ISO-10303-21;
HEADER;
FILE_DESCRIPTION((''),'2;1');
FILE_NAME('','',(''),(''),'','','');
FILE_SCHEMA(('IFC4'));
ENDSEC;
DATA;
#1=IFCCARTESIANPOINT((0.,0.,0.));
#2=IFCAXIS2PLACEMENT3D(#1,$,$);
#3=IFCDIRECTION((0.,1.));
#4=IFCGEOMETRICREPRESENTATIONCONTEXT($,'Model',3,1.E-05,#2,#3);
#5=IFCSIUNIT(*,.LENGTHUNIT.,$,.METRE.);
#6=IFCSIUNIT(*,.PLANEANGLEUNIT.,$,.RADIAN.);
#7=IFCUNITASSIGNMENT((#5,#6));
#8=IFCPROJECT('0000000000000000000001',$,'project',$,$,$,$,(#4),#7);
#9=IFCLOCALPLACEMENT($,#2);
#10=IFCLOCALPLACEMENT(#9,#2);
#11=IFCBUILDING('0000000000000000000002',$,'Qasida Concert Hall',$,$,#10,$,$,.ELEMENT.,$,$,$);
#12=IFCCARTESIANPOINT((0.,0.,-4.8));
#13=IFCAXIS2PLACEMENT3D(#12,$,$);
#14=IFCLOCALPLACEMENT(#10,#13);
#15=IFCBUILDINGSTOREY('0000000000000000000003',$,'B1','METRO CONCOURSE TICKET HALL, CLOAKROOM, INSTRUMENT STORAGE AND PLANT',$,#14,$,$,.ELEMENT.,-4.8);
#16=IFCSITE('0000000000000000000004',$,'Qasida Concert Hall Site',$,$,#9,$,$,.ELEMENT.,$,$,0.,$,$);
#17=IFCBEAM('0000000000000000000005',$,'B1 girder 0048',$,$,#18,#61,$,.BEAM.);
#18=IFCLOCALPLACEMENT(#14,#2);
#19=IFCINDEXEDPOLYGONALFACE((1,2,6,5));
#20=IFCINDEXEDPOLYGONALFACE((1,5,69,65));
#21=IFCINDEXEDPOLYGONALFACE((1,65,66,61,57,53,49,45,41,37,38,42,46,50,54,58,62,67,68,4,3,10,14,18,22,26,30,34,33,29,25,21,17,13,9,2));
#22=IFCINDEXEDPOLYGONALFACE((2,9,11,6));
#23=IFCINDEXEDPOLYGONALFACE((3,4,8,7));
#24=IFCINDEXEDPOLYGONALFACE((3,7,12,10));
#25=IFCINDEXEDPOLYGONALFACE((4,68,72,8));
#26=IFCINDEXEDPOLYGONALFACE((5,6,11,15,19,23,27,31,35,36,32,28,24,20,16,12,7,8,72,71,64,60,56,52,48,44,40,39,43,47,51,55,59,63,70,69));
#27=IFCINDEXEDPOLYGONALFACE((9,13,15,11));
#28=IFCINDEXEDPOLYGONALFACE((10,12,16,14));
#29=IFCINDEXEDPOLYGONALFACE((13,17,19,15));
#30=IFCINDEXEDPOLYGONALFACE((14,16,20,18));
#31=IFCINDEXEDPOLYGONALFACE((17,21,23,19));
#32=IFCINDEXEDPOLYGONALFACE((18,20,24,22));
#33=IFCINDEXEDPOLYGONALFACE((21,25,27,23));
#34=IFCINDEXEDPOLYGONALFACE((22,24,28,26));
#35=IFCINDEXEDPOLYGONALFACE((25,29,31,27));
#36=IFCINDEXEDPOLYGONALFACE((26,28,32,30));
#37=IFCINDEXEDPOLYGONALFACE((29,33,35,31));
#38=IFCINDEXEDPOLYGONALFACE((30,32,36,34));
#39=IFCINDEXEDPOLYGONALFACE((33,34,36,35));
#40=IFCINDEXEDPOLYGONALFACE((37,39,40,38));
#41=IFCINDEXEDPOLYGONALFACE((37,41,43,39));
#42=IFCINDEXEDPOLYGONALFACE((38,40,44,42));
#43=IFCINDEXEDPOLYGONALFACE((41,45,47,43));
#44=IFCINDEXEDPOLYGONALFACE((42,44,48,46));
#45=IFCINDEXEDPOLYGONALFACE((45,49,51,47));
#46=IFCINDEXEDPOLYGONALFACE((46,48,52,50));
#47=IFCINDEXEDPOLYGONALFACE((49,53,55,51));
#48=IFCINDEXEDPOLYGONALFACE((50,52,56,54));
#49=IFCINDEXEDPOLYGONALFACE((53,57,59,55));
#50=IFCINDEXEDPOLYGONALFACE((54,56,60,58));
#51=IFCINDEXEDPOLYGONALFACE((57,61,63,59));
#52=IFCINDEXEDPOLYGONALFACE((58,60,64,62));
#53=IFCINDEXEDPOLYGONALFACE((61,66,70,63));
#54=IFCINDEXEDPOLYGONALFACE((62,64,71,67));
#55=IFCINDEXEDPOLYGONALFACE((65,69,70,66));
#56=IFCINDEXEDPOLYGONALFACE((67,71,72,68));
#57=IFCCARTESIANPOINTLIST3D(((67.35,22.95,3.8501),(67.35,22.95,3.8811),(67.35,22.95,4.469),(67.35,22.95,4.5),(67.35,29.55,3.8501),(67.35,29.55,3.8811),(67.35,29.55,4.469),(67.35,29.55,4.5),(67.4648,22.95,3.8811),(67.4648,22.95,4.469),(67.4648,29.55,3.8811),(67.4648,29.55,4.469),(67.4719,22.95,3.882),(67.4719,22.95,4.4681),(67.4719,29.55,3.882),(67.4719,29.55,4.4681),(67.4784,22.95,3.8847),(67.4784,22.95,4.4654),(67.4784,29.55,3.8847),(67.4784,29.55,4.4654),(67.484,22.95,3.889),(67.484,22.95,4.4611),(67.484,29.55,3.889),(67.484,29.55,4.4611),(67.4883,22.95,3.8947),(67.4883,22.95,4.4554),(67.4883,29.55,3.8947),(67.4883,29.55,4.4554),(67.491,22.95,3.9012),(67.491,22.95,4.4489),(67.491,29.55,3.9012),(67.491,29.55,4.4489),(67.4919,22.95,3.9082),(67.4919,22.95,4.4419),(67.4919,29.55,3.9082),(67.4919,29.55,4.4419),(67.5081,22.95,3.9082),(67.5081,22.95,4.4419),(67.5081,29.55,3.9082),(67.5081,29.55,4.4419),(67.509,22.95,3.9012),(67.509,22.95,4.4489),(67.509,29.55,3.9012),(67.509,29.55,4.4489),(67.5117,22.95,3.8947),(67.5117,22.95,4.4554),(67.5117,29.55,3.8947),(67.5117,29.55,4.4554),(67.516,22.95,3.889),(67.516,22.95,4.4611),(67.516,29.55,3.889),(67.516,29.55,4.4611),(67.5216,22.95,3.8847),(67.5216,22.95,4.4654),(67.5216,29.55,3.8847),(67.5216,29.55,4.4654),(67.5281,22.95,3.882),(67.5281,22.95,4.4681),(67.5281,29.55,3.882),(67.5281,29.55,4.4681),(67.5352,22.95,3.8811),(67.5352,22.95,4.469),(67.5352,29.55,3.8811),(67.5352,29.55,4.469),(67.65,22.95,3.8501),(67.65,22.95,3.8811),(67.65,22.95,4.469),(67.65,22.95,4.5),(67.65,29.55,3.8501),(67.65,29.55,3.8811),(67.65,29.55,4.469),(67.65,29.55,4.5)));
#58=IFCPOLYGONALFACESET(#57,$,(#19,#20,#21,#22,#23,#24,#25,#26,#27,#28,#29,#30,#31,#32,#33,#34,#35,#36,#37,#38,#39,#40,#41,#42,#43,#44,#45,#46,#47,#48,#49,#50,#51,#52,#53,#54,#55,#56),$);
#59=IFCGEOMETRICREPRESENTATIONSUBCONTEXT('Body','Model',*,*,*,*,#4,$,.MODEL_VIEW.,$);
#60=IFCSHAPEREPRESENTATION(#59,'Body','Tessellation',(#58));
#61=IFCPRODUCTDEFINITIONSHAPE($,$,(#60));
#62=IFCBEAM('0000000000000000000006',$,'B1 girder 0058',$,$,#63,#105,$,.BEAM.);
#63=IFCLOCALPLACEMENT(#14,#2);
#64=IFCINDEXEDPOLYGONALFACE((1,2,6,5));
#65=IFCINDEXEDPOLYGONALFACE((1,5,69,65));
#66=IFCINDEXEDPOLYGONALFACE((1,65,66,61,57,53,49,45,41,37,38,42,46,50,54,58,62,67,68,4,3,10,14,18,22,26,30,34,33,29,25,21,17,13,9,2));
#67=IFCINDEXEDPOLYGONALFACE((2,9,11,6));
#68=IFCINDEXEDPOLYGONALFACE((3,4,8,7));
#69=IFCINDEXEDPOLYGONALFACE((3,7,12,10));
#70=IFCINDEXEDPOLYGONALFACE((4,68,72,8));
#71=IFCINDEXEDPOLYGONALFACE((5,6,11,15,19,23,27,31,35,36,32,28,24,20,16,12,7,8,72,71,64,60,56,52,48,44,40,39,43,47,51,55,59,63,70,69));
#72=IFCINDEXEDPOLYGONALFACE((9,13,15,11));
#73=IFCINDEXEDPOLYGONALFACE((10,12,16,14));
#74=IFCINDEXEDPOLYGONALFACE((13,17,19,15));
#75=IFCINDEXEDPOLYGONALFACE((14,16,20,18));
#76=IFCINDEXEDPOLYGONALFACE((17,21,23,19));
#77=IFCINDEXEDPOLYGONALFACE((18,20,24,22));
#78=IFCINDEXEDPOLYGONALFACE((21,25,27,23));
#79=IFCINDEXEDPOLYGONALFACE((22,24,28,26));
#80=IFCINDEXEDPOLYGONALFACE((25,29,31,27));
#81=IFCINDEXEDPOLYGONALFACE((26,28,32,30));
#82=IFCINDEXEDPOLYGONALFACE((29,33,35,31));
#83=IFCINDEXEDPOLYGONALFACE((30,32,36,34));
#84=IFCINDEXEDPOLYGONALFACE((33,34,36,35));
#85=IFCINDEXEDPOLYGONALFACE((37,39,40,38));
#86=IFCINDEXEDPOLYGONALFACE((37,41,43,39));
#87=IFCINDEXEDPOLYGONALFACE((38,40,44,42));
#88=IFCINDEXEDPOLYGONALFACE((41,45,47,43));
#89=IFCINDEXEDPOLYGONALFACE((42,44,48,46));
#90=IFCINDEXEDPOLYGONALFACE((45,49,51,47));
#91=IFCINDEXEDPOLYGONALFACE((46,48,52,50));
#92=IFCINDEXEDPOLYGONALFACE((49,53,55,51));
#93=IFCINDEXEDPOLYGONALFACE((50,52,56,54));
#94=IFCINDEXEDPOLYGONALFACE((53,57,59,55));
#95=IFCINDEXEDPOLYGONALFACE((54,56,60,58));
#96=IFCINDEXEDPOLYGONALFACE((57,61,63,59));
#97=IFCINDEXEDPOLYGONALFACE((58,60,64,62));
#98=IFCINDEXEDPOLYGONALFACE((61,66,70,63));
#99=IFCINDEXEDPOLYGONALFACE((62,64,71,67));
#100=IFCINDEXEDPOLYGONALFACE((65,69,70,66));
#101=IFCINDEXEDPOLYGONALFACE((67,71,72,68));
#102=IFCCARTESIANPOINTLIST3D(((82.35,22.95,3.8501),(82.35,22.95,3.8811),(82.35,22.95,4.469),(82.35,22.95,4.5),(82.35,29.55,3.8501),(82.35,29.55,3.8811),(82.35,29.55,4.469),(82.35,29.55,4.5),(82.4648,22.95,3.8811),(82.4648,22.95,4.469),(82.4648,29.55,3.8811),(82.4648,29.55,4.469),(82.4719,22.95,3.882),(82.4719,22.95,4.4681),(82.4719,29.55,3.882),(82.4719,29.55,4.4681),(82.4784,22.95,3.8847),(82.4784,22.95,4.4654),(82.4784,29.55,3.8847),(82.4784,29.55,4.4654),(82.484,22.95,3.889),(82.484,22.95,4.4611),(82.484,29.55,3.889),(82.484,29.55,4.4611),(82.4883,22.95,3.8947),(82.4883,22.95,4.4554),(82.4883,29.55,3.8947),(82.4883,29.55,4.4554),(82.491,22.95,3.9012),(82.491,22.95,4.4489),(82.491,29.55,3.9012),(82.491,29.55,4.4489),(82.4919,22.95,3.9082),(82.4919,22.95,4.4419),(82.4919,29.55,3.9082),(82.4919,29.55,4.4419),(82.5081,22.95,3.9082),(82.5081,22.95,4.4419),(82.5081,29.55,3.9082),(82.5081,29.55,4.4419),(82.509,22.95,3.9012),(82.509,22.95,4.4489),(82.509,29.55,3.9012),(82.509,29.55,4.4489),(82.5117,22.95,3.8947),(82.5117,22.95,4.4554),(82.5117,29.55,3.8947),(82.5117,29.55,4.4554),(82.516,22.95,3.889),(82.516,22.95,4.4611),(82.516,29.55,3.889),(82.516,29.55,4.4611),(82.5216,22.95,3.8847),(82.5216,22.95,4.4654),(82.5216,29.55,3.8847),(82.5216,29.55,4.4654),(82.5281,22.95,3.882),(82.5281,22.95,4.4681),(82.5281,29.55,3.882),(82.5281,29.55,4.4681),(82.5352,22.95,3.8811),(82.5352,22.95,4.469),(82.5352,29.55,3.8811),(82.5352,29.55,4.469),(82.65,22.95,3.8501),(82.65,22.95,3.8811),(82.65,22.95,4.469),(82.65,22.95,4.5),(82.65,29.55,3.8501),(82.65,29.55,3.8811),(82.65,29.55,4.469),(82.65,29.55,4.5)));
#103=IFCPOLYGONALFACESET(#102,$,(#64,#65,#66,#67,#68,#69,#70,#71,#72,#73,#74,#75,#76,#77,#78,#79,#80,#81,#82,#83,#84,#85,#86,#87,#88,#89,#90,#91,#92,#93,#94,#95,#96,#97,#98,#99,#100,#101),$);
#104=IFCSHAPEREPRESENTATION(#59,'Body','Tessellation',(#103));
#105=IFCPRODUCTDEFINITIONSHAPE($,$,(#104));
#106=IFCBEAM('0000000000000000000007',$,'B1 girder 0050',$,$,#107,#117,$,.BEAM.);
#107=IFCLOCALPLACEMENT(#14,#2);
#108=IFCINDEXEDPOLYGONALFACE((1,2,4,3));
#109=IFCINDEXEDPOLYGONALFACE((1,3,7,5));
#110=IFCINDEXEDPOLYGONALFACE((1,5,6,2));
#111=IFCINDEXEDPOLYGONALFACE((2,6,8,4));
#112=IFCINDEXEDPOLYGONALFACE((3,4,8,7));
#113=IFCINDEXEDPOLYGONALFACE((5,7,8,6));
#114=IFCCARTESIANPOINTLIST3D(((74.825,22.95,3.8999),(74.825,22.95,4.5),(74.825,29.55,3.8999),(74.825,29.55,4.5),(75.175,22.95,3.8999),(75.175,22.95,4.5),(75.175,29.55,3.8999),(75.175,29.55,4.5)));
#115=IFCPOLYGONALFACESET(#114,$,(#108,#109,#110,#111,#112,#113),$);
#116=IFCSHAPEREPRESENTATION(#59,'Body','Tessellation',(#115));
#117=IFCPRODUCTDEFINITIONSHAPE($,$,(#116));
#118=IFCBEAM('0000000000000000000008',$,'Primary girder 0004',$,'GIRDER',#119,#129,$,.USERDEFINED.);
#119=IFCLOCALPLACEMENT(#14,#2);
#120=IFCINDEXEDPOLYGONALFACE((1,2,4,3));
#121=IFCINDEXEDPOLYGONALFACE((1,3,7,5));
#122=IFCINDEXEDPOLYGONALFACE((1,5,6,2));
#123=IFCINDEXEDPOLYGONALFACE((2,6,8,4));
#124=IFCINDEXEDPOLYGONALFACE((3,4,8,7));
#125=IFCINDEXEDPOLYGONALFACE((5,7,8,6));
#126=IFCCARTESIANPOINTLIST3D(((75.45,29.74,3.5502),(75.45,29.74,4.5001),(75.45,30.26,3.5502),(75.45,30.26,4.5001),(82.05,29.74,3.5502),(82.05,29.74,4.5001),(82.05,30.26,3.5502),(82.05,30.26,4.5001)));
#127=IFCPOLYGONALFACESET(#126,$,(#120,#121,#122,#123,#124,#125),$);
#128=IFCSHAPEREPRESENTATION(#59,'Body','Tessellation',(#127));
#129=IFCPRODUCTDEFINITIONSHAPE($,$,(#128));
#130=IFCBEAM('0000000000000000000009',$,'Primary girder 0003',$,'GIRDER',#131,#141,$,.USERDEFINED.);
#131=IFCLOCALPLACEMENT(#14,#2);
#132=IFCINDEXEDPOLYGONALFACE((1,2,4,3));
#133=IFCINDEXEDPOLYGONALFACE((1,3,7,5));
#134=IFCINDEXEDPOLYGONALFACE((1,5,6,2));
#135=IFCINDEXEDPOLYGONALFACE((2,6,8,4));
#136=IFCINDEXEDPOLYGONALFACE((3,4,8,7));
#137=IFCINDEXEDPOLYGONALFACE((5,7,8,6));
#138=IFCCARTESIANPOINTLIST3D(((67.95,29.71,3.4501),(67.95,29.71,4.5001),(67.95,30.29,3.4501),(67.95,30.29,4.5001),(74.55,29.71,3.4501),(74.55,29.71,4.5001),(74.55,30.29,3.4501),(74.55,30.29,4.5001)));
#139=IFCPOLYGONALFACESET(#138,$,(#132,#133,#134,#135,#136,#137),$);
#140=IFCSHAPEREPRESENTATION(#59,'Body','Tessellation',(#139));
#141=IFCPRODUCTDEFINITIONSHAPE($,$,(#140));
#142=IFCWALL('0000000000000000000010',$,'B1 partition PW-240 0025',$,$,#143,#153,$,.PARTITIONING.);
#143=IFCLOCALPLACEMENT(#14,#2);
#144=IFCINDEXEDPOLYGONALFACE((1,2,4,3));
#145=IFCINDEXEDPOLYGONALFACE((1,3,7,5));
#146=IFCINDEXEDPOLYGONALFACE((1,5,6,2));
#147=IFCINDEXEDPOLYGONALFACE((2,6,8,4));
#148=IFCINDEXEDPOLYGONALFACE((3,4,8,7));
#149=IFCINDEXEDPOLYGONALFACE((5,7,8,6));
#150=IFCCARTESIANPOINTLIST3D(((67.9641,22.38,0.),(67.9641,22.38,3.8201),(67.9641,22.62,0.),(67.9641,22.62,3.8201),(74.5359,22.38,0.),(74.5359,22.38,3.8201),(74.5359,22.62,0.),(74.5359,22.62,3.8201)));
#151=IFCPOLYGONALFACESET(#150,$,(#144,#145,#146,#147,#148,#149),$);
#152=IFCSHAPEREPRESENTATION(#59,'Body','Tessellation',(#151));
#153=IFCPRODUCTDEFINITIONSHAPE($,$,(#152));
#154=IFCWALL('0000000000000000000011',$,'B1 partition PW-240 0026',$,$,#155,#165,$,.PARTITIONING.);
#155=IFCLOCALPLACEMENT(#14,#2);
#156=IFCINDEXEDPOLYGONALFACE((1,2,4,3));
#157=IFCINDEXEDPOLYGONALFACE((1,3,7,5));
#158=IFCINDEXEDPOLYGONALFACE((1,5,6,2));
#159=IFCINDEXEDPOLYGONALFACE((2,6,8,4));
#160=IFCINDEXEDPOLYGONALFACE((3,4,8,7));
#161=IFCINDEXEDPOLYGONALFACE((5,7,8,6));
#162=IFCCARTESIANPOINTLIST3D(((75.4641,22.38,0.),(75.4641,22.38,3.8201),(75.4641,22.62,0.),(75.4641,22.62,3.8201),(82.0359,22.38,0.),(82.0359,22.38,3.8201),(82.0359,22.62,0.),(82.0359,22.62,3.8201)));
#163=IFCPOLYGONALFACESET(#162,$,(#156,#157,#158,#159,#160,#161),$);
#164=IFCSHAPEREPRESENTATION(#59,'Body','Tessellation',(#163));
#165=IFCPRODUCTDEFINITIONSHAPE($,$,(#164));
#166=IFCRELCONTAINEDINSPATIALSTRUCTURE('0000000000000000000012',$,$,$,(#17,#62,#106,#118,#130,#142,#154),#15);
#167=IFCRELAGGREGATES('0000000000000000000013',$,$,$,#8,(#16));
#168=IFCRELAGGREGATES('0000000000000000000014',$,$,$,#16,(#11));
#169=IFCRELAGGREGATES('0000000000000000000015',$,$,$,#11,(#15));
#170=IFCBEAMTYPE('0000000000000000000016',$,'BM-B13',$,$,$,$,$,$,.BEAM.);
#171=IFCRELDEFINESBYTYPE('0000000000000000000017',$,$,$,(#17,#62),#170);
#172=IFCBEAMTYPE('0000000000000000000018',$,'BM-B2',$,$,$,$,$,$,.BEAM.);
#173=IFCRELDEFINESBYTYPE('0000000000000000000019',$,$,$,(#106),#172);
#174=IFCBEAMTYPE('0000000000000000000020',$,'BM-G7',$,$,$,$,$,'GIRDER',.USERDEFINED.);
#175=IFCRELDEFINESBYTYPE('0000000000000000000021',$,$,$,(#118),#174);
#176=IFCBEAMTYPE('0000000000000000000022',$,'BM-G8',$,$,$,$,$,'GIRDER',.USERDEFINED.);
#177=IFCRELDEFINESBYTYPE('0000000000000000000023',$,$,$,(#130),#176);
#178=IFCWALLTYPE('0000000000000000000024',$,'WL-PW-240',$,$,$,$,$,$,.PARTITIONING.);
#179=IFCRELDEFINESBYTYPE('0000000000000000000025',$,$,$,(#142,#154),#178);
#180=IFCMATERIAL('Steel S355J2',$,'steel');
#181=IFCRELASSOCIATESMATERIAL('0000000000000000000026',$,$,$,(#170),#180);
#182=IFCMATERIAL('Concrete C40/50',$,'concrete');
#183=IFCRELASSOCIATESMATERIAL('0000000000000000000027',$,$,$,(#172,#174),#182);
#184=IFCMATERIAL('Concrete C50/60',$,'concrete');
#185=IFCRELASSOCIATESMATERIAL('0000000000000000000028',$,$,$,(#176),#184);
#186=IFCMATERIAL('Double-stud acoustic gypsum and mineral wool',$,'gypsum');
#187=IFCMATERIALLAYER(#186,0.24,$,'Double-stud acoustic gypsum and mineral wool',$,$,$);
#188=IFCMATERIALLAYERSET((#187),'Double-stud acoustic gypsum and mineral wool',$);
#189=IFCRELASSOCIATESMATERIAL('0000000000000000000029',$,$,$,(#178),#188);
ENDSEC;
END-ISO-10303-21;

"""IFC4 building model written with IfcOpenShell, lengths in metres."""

from ifc_helpers import new_model, si_unit, direction, frame, frame_2d, origin, origin_2d, place, context, subcontext, project, spatial, rectangle, i_section, extrude, material, layer, layer_set, material_profile, profile_set, type_object, element, save


model = new_model("IFC4")

# Units and contexts
model_context = context("Model", 3, precision=1e-05, world=origin(), true_north=direction((0.0, 1.0)))
body_context = subcontext(model_context, "Body", "Model", "MODEL_VIEW")
ifc_project = project(units=[si_unit("LENGTHUNIT", "METRE"), si_unit("PLANEANGLEUNIT", "RADIAN")], contexts=[model_context])

# Site, building, storey
site_placement = place(None, origin())
site = spatial("IfcSite", under=ifc_project, at=site_placement, Name="Qasida Concert Hall Site", CompositionType="ELEMENT", RefElevation=0.0)
building_placement = place(site_placement, origin())
building = spatial("IfcBuilding", under=site, at=building_placement, Name="Qasida Concert Hall", CompositionType="ELEMENT")
storey_placement = place(building_placement, frame((0.0, 0.0, -4.8)))
storey = spatial("IfcBuildingStorey", under=building, at=storey_placement, Name="B1", Description="METRO CONCOURSE TICKET HALL, CLOAKROOM, INSTRUMENT STORAGE AND PLANT", CompositionType="ELEMENT", Elevation=-4.8)

# Shared definitions
ifc_material_1 = material(Name="Concrete C40/50", Category="concrete")

# Shared definitions
ifc_material_2 = material(Name="Concrete C50/60", Category="concrete")

# Beams
ifc_material_3 = material(Name="Steel S355J2", Category="steel")
ifc_material_profile_1 = material_profile(ifc_material_3, i_section(OverallWidth=0.3, OverallDepth=0.6499, WebThickness=0.0161, FlangeThickness=0.031, FilletRadius=0.0271, at=origin_2d()), Name="HEB 650")
ifc_profile_set_1 = profile_set([ifc_material_profile_1], Name="Steel S355J2")
beam_type_1 = type_object("IfcBeamType", Name="BM-B13", PredefinedType="BEAM", material=ifc_profile_set_1)
for number, where, z_axis, x_axis, name in (
    (1, (67.5, 22.95, 4.175), (0.0, 1.0, 0.0), (-1.0, 0.0, 0.0), "B1 girder 0048"),
    (2, (82.5, 22.95, 4.175), (0.0, 1.0, 0.0), (-1.0, 0.0, 0.0), "B1 girder 0058"),
):
    element("IfcBeam", number, at=place(storey_placement, frame(where, z_axis=z_axis, x_axis=x_axis)), inside=storey, type_object=beam_type_1, Name=name, PredefinedType="BEAM", context=body_context, shape_type="SweptSolid", body=[
        extrude(i_section(OverallWidth=0.3, OverallDepth=0.6499, WebThickness=0.0161, FlangeThickness=0.031, FilletRadius=0.0271, at=origin_2d()), origin(), (0.0, 0.0, 1.0), 6.6001),
    ])
ifc_material_profile_2 = material_profile(ifc_material_1, rectangle(XDim=0.3501, YDim=0.6001, at=origin_2d()), Name="RC 350x600")
ifc_profile_set_2 = profile_set([ifc_material_profile_2], Name="Concrete C40/50")
beam_type_2 = type_object("IfcBeamType", Name="BM-B2", PredefinedType="BEAM", material=ifc_profile_set_2)
beam_1_placement = place(storey_placement, frame((75.0, 22.95, 4.2), z_axis=(0.0, 1.0, 0.0), x_axis=(-1.0, 0.0, 0.0)))
element("IfcBeam", 3, at=beam_1_placement, inside=storey, type_object=beam_type_2, Name="B1 girder 0050", PredefinedType="BEAM", context=body_context, shape_type="SweptSolid", body=[
    extrude(rectangle(XDim=0.3501, YDim=0.6001, at=origin_2d()), origin(), (0.0, 0.0, 1.0), 6.6001),
])
ifc_material_profile_3 = material_profile(ifc_material_1, rectangle(XDim=0.52, YDim=0.95, at=origin_2d()), Name="RC 520x950")
ifc_profile_set_3 = profile_set([ifc_material_profile_3], Name="Concrete C40/50")
beam_type_3 = type_object("IfcBeamType", Name="BM-G7", ElementType="GIRDER", PredefinedType="USERDEFINED", material=ifc_profile_set_3)
beam_2_placement = place(storey_placement, frame((75.45, 30.0, 4.0251), z_axis=(1.0, 0.0, 0.0), x_axis=(0.0, 1.0, 0.0)))
element("IfcBeam", 4, at=beam_2_placement, inside=storey, type_object=beam_type_3, Name="Primary girder 0004", ObjectType="GIRDER", PredefinedType="USERDEFINED", context=body_context, shape_type="SweptSolid", body=[
    extrude(rectangle(XDim=0.52, YDim=0.95, at=origin_2d()), origin(), (0.0, 0.0, 1.0), 6.6001),
])
ifc_material_profile_4 = material_profile(ifc_material_2, rectangle(XDim=0.5801, YDim=1.05, at=origin_2d()), Name="RC 580x1050")
ifc_profile_set_4 = profile_set([ifc_material_profile_4], Name="Concrete C50/60")
beam_type_4 = type_object("IfcBeamType", Name="BM-G8", ElementType="GIRDER", PredefinedType="USERDEFINED", material=ifc_profile_set_4)
beam_3_placement = place(storey_placement, frame((67.95, 30.0, 3.9751), z_axis=(1.0, 0.0, 0.0), x_axis=(0.0, 1.0, 0.0)))
element("IfcBeam", 5, at=beam_3_placement, inside=storey, type_object=beam_type_4, Name="Primary girder 0003", ObjectType="GIRDER", PredefinedType="USERDEFINED", context=body_context, shape_type="SweptSolid", body=[
    extrude(rectangle(XDim=0.5801, YDim=1.05, at=origin_2d()), origin(), (0.0, 0.0, 1.0), 6.6001),
])

# Walls
ifc_material_4 = material(Name="Double-stud acoustic gypsum and mineral wool", Category="gypsum")
ifc_layer = layer(ifc_material_4, 0.24, Name="Double-stud acoustic gypsum and mineral wool")
ifc_layer_set = layer_set([ifc_layer], Name="Double-stud acoustic gypsum and mineral wool")
wall_type = type_object("IfcWallType", Name="WL-PW-240", PredefinedType="PARTITIONING", material=ifc_layer_set)
for number, where, z_axis, x_axis, name in (
    (6, (67.9641, 22.5, 0.0), (0.0, 0.0, 1.0), (1.0, 0.0, 0.0), "B1 partition PW-240 0025"),
    (7, (75.4641, 22.5, 0.0), (0.0, 0.0, 1.0), (1.0, 0.0, 0.0), "B1 partition PW-240 0026"),
):
    element("IfcWall", number, at=place(storey_placement, frame(where, z_axis=z_axis, x_axis=x_axis)), inside=storey, type_object=wall_type, Name=name, PredefinedType="PARTITIONING", context=body_context, shape_type="SweptSolid", body=[
        extrude(rectangle(XDim=6.5718, YDim=0.24, at=frame_2d((3.2859, 0.0))), origin(), (0.0, 0.0, 1.0), 3.8201),
    ])

save(model, "model.ifc")
